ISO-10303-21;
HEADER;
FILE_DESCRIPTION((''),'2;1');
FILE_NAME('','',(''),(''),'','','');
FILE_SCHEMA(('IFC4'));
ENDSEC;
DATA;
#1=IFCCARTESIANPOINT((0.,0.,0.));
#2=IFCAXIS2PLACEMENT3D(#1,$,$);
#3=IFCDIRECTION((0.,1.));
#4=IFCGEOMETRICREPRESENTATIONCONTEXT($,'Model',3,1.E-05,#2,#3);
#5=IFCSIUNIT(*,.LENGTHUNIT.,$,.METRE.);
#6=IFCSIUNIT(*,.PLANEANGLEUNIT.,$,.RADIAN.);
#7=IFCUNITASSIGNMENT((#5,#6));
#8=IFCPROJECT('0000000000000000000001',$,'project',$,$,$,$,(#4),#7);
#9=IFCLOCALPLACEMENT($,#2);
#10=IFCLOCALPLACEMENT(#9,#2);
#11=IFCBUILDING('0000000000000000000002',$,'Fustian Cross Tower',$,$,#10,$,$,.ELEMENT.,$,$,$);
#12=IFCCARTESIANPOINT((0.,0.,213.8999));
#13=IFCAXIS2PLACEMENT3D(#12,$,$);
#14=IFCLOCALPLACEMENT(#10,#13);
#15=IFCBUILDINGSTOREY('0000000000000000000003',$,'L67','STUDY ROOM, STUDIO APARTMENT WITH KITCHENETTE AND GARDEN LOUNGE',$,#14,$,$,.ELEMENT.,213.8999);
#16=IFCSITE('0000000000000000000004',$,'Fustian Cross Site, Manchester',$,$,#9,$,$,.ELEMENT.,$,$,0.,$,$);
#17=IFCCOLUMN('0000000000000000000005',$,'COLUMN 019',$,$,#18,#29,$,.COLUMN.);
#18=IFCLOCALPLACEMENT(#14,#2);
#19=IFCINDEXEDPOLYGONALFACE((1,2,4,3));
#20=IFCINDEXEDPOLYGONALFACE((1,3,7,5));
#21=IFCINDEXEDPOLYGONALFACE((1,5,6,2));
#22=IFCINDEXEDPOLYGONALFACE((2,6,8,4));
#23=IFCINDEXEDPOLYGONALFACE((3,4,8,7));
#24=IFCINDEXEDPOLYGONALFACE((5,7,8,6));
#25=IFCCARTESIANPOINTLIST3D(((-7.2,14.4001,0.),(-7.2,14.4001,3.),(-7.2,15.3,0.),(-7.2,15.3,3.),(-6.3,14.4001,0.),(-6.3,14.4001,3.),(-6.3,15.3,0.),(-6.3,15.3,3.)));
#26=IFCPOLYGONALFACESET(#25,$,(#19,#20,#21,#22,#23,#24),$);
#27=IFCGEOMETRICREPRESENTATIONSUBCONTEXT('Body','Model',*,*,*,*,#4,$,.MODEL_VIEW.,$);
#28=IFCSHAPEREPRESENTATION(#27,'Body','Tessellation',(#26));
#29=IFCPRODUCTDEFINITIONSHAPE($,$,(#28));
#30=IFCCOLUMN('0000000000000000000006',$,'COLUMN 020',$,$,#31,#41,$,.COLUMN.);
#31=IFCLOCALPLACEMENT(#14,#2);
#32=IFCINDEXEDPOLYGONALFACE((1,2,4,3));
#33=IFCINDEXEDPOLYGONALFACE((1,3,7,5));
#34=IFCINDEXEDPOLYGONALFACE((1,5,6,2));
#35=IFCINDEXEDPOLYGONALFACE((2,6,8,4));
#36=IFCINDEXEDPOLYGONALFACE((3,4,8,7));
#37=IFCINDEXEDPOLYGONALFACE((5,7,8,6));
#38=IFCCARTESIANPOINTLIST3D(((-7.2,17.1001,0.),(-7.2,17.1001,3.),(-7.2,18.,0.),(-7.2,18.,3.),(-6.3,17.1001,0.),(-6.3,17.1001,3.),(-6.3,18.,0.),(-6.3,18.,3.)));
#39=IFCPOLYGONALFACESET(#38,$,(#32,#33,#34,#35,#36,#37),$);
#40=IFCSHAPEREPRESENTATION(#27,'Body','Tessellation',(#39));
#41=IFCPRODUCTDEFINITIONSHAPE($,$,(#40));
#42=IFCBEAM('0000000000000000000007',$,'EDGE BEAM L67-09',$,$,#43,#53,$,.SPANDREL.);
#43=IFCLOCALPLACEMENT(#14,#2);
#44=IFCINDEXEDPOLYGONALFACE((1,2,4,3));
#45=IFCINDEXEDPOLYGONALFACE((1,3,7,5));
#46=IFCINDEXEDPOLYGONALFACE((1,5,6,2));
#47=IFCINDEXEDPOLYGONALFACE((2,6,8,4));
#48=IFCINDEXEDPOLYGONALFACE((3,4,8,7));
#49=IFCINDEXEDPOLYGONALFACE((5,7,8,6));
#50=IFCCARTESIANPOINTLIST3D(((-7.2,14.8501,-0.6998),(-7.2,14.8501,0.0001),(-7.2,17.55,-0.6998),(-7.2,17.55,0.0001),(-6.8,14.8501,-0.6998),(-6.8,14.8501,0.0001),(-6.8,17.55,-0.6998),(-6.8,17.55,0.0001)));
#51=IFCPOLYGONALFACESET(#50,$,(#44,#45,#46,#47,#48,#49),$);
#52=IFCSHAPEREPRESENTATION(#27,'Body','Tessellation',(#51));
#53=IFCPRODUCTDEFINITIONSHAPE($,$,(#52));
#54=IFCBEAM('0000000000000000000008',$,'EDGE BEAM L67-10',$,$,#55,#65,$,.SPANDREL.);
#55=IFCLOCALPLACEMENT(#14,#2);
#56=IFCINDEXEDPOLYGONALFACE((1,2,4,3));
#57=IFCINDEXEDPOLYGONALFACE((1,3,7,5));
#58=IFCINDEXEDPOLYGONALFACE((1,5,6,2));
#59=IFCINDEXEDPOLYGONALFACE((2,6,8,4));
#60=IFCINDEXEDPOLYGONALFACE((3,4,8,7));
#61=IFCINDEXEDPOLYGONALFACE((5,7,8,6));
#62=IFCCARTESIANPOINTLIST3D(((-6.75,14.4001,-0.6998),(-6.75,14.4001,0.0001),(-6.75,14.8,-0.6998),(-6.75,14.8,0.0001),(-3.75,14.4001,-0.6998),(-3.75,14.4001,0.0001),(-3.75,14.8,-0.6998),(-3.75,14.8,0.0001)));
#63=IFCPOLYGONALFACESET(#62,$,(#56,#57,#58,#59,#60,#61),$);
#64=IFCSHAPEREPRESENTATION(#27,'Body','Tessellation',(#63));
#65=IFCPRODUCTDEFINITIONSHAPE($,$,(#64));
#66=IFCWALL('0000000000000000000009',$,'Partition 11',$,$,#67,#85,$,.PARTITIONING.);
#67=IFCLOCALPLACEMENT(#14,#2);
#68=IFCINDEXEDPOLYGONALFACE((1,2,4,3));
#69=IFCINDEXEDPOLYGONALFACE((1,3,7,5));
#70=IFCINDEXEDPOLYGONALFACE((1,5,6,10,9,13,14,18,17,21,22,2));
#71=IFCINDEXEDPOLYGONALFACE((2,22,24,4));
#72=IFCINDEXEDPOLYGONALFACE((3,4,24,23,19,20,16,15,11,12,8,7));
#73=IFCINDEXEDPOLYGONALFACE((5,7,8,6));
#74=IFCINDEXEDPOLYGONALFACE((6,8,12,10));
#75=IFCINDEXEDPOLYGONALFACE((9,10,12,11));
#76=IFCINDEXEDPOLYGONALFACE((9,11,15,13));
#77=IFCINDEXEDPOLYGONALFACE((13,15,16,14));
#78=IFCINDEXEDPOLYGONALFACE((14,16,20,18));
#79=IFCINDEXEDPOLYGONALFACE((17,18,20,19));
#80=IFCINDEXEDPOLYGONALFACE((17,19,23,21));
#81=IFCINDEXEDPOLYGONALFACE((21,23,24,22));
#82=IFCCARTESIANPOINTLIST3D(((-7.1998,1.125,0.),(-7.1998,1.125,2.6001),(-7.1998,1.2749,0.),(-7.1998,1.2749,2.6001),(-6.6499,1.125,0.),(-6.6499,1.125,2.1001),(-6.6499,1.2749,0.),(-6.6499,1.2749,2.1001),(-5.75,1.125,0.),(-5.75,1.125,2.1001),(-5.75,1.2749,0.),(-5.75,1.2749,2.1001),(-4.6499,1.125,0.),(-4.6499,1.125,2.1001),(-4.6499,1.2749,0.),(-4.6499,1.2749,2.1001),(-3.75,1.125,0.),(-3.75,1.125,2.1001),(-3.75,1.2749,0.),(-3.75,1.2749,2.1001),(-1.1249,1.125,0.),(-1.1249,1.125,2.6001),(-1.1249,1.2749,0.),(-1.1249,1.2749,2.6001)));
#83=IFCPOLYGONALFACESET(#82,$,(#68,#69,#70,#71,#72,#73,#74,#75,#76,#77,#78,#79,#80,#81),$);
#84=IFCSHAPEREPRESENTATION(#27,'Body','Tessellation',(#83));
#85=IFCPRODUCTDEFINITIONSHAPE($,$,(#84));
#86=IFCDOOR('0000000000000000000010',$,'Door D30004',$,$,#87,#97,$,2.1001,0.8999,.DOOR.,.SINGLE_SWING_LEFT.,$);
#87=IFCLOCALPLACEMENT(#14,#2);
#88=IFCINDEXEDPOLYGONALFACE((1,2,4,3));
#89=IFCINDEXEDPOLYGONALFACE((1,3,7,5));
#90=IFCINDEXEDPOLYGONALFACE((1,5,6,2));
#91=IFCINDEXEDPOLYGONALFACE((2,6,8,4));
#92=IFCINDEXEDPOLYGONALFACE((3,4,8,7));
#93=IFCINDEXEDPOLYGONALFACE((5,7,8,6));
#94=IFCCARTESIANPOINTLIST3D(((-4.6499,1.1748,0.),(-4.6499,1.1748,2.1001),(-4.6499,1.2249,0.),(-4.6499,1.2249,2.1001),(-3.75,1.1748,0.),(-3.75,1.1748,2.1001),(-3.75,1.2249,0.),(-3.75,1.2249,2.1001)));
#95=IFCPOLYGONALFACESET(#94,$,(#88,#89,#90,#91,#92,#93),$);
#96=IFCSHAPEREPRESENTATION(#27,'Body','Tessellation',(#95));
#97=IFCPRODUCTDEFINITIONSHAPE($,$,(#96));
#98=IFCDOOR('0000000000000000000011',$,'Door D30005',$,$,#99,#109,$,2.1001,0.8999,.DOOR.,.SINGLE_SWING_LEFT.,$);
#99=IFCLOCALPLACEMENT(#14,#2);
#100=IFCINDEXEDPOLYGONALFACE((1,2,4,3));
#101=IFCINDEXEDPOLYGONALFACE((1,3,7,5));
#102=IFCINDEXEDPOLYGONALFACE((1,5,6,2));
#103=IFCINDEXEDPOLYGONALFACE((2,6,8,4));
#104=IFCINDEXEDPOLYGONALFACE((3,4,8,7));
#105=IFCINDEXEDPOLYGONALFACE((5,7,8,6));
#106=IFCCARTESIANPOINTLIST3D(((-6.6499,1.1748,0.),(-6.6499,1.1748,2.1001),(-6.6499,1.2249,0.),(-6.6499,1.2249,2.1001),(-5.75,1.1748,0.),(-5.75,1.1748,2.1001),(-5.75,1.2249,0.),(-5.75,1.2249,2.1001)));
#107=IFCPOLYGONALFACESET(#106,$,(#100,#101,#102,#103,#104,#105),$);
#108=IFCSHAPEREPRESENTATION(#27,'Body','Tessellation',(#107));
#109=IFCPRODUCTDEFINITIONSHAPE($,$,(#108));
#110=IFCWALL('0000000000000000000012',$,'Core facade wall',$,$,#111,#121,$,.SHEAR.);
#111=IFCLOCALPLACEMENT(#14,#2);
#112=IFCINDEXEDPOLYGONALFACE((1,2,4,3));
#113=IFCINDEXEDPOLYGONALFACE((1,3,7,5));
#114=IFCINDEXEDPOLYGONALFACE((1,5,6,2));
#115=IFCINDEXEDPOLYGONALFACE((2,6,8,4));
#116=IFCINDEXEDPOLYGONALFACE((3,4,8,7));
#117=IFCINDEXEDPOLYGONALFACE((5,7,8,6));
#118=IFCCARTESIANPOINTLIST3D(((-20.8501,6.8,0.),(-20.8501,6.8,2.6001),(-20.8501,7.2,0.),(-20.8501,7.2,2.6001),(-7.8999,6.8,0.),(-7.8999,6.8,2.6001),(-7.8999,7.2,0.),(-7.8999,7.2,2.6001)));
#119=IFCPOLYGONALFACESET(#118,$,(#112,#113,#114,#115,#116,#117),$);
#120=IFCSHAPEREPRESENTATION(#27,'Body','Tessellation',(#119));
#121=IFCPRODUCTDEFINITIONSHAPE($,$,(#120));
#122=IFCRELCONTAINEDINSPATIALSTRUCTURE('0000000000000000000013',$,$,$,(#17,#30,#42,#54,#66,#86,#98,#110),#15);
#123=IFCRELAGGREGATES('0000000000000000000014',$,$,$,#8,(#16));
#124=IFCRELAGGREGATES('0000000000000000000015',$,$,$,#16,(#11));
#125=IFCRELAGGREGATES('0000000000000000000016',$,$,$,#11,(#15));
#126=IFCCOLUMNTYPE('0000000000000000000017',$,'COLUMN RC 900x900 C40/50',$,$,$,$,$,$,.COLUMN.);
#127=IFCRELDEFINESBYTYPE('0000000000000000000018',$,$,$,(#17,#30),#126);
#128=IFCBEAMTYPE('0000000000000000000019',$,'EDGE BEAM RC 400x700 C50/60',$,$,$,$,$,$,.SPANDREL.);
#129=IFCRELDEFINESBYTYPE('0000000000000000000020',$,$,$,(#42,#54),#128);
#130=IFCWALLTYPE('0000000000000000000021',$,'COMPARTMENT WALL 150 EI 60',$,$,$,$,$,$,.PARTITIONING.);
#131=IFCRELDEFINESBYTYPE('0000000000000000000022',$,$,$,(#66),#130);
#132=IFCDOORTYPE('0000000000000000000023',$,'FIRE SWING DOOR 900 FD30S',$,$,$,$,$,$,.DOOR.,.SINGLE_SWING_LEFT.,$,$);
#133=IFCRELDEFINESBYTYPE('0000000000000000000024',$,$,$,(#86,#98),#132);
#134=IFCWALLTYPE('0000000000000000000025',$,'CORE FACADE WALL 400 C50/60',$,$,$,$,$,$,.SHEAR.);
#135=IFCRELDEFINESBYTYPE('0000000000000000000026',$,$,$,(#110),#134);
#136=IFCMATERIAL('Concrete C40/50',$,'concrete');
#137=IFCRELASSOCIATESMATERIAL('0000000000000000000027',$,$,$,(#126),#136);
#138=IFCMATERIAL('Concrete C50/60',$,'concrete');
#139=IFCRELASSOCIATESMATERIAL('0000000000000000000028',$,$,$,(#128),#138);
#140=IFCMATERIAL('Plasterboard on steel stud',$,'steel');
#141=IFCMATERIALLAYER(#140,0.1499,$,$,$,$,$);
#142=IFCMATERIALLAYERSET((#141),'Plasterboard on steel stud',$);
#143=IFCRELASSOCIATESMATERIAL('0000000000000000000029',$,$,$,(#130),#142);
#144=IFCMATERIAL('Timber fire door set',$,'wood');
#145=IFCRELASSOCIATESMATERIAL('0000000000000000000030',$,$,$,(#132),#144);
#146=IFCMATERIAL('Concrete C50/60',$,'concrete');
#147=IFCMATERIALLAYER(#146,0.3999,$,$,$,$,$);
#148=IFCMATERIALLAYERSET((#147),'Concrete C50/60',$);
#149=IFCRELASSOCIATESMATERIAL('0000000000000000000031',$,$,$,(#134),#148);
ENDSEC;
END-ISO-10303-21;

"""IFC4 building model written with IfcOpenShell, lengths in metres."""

from ifc_helpers import new_model, si_unit, direction, frame, frame_2d, origin, origin_2d, place, context, subcontext, project, spatial, rectangle, extrude, material, layer, layer_set, material_profile, profile_set, type_object, element, fill, save


model = new_model("IFC4")

# Units and contexts
model_context = context("Model", 3, precision=1e-05, world=origin(), true_north=direction((0.0, 1.0)))
body_context = subcontext(model_context, "Body", "Model", "MODEL_VIEW")
ifc_project = project(units=[si_unit("LENGTHUNIT", "METRE"), si_unit("PLANEANGLEUNIT", "RADIAN")], contexts=[model_context])

# Site, building, storey
site_placement = place(None, origin())
site = spatial("IfcSite", under=ifc_project, at=site_placement, Name="Fustian Cross Site, Manchester", CompositionType="ELEMENT", RefElevation=0.0)
building_placement = place(site_placement, origin())
building = spatial("IfcBuilding", under=site, at=building_placement, Name="Fustian Cross Tower", CompositionType="ELEMENT")
storey_placement = place(building_placement, frame((0.0, 0.0, 213.8999)))
storey = spatial("IfcBuildingStorey", under=building, at=storey_placement, Name="L67", Description="STUDY ROOM, STUDIO APARTMENT WITH KITCHENETTE AND GARDEN LOUNGE", CompositionType="ELEMENT", Elevation=213.8999)

# Columns
ifc_material_1 = material(Name="Concrete C40/50", Category="concrete")
ifc_material_profile_1 = material_profile(ifc_material_1, rectangle(XDim=0.8999, YDim=0.8999, at=origin_2d()), Name="RC 900x900")
ifc_profile_set_1 = profile_set([ifc_material_profile_1], Name="Concrete C40/50")
column_type = type_object("IfcColumnType", Name="COLUMN RC 900x900 C40/50", PredefinedType="COLUMN", material=ifc_profile_set_1)
for number, where, z_axis, x_axis, name in (
    (1, (-6.75, 14.8501, 0.0), (0.0, 0.0, 1.0), (1.0, 0.0, 0.0), "COLUMN 019"),
    (2, (-6.75, 17.55, 0.0), (0.0, 0.0, 1.0), (1.0, 0.0, 0.0), "COLUMN 020"),
):
    element("IfcColumn", number, at=place(storey_placement, frame(where, z_axis=z_axis, x_axis=x_axis)), inside=storey, type_object=column_type, Name=name, PredefinedType="COLUMN", context=body_context, shape_type="SweptSolid", body=[
        extrude(rectangle(XDim=0.8999, YDim=0.8999, at=origin_2d()), origin(), (0.0, 0.0, 1.0), 3.0),
    ])

# Beams
ifc_material_2 = material(Name="Concrete C50/60", Category="concrete")
ifc_material_profile_2 = material_profile(ifc_material_2, rectangle(XDim=0.3999, YDim=0.7, at=origin_2d()), Name="RC 400x700")
ifc_profile_set_2 = profile_set([ifc_material_profile_2], Name="Concrete C50/60")
beam_type = type_object("IfcBeamType", Name="EDGE BEAM RC 400x700 C50/60", PredefinedType="SPANDREL", material=ifc_profile_set_2)
beam_1_placement = place(storey_placement, frame((-7.0, 17.55, -0.3499), z_axis=(0.0, -1.0, 0.0), x_axis=(1.0, 0.0, 0.0)))
element("IfcBeam", 3, at=beam_1_placement, inside=storey, type_object=beam_type, Name="EDGE BEAM L67-09", PredefinedType="SPANDREL", context=body_context, shape_type="SweptSolid", body=[
    extrude(rectangle(XDim=0.3999, YDim=0.7, at=origin_2d()), origin(), (0.0, 0.0, 1.0), 2.7),
])
beam_2_placement = place(storey_placement, frame((-6.75, 14.6001, -0.3499), z_axis=(1.0, 0.0, 0.0), x_axis=(0.0, 1.0, 0.0)))
element("IfcBeam", 4, at=beam_2_placement, inside=storey, type_object=beam_type, Name="EDGE BEAM L67-10", PredefinedType="SPANDREL", context=body_context, shape_type="SweptSolid", body=[
    extrude(rectangle(XDim=0.3999, YDim=0.7, at=origin_2d()), origin(), (0.0, 0.0, 1.0), 3.0),
])

# Wall, openings, doors
ifc_material_3 = material(Name="Plasterboard on steel stud", Category="steel")
ifc_layer_1 = layer(ifc_material_3, 0.1499)
ifc_layer_set_1 = layer_set([ifc_layer_1], Name="Plasterboard on steel stud")
wall_type_1 = type_object("IfcWallType", Name="COMPARTMENT WALL 150 EI 60", PredefinedType="PARTITIONING", material=ifc_layer_set_1)
wall_1_placement = place(storey_placement, frame((-7.2, 1.2, 0.0), z_axis=(0.0, 0.0, 1.0), x_axis=(1.0, 0.0, 0.0)))
wall_1 = element("IfcWall", 5, at=wall_1_placement, inside=storey, type_object=wall_type_1, Name="Partition 11", PredefinedType="PARTITIONING", context=body_context, shape_type="SweptSolid", body=[
    extrude(rectangle(XDim=6.075, YDim=0.1499, at=frame_2d((3.0376, 0.0))), origin(), (0.0, 0.0, 1.0), 2.6001),
])
opening_1_placement = place(wall_1_placement, frame((2.55, 0.0, 0.0)))
opening_1 = element("IfcOpeningElement", 6, at=opening_1_placement, cuts=wall_1, PredefinedType="OPENING", context=body_context, shape_type="SweptSolid", body=[
    extrude(rectangle(XDim=0.8999, YDim=2.1001, at=frame_2d((0.45, 1.05))), frame((0.0, 0.085, 0.0), z_axis=(0.0, -1.0, 0.0), x_axis=(1.0, 0.0, 0.0)), (0.0, 0.0, 1.0), 0.1699),
])
opening_2_placement = place(wall_1_placement, frame((0.55, 0.0, 0.0)))
opening_2 = element("IfcOpeningElement", 7, at=opening_2_placement, cuts=wall_1, PredefinedType="OPENING", context=body_context, shape_type="SweptSolid", body=[
    extrude(rectangle(XDim=0.8999, YDim=2.1001, at=frame_2d((0.45, 1.05))), frame((0.0, 0.085, 0.0), z_axis=(0.0, -1.0, 0.0), x_axis=(1.0, 0.0, 0.0)), (0.0, 0.0, 1.0), 0.1699),
])
ifc_material_4 = material(Name="Timber fire door set", Category="wood")
door_type_1 = type_object("IfcDoorType", Name="FIRE SWING DOOR 900 FD30S", OperationType="SINGLE_SWING_LEFT", PredefinedType="DOOR", material=ifc_material_4)
door_1_placement = place(opening_1_placement, origin())
door_1 = element("IfcDoor", 8, at=door_1_placement, inside=storey, type_object=door_type_1, Name="Door D30004", OperationType="SINGLE_SWING_LEFT", OverallHeight=2.1001, OverallWidth=0.8999, PredefinedType="DOOR", context=body_context, shape_type="SweptSolid", body=[
    extrude(rectangle(XDim=0.8999, YDim=2.1001, at=frame_2d((0.45, 1.05))), frame((0.0, 0.0249, 0.0), z_axis=(0.0, -1.0, 0.0), x_axis=(1.0, 0.0, 0.0)), (0.0, 0.0, 1.0), 0.05),
])
fill(opening_1, door_1)
door_2_placement = place(opening_2_placement, origin())
door_2 = element("IfcDoor", 9, at=door_2_placement, inside=storey, type_object=door_type_1, Name="Door D30005", OperationType="SINGLE_SWING_LEFT", OverallHeight=2.1001, OverallWidth=0.8999, PredefinedType="DOOR", context=body_context, shape_type="SweptSolid", body=[
    extrude(rectangle(XDim=0.8999, YDim=2.1001, at=frame_2d((0.45, 1.05))), frame((0.0, 0.0249, 0.0), z_axis=(0.0, -1.0, 0.0), x_axis=(1.0, 0.0, 0.0)), (0.0, 0.0, 1.0), 0.05),
])
fill(opening_2, door_2)

# Wall
ifc_material_5 = material(Name="Concrete C50/60", Category="concrete")
ifc_layer_2 = layer(ifc_material_5, 0.3999)
ifc_layer_set_2 = layer_set([ifc_layer_2], Name="Concrete C50/60")
wall_type_2 = type_object("IfcWallType", Name="CORE FACADE WALL 400 C50/60", PredefinedType="SHEAR", material=ifc_layer_set_2)
wall_2_placement = place(storey_placement, frame((-7.8999, 7.0, 0.0), z_axis=(0.0, 0.0, 1.0), x_axis=(-1.0, 0.0, 0.0)))
element("IfcWall", 10, at=wall_2_placement, inside=storey, type_object=wall_type_2, Name="Core facade wall", PredefinedType="SHEAR", context=body_context, shape_type="SweptSolid", body=[
    extrude(rectangle(XDim=12.9502, YDim=0.3999, at=frame_2d((6.4751, 0.0))), origin(), (0.0, 0.0, 1.0), 2.6001),
])

save(model, "model.ifc")
